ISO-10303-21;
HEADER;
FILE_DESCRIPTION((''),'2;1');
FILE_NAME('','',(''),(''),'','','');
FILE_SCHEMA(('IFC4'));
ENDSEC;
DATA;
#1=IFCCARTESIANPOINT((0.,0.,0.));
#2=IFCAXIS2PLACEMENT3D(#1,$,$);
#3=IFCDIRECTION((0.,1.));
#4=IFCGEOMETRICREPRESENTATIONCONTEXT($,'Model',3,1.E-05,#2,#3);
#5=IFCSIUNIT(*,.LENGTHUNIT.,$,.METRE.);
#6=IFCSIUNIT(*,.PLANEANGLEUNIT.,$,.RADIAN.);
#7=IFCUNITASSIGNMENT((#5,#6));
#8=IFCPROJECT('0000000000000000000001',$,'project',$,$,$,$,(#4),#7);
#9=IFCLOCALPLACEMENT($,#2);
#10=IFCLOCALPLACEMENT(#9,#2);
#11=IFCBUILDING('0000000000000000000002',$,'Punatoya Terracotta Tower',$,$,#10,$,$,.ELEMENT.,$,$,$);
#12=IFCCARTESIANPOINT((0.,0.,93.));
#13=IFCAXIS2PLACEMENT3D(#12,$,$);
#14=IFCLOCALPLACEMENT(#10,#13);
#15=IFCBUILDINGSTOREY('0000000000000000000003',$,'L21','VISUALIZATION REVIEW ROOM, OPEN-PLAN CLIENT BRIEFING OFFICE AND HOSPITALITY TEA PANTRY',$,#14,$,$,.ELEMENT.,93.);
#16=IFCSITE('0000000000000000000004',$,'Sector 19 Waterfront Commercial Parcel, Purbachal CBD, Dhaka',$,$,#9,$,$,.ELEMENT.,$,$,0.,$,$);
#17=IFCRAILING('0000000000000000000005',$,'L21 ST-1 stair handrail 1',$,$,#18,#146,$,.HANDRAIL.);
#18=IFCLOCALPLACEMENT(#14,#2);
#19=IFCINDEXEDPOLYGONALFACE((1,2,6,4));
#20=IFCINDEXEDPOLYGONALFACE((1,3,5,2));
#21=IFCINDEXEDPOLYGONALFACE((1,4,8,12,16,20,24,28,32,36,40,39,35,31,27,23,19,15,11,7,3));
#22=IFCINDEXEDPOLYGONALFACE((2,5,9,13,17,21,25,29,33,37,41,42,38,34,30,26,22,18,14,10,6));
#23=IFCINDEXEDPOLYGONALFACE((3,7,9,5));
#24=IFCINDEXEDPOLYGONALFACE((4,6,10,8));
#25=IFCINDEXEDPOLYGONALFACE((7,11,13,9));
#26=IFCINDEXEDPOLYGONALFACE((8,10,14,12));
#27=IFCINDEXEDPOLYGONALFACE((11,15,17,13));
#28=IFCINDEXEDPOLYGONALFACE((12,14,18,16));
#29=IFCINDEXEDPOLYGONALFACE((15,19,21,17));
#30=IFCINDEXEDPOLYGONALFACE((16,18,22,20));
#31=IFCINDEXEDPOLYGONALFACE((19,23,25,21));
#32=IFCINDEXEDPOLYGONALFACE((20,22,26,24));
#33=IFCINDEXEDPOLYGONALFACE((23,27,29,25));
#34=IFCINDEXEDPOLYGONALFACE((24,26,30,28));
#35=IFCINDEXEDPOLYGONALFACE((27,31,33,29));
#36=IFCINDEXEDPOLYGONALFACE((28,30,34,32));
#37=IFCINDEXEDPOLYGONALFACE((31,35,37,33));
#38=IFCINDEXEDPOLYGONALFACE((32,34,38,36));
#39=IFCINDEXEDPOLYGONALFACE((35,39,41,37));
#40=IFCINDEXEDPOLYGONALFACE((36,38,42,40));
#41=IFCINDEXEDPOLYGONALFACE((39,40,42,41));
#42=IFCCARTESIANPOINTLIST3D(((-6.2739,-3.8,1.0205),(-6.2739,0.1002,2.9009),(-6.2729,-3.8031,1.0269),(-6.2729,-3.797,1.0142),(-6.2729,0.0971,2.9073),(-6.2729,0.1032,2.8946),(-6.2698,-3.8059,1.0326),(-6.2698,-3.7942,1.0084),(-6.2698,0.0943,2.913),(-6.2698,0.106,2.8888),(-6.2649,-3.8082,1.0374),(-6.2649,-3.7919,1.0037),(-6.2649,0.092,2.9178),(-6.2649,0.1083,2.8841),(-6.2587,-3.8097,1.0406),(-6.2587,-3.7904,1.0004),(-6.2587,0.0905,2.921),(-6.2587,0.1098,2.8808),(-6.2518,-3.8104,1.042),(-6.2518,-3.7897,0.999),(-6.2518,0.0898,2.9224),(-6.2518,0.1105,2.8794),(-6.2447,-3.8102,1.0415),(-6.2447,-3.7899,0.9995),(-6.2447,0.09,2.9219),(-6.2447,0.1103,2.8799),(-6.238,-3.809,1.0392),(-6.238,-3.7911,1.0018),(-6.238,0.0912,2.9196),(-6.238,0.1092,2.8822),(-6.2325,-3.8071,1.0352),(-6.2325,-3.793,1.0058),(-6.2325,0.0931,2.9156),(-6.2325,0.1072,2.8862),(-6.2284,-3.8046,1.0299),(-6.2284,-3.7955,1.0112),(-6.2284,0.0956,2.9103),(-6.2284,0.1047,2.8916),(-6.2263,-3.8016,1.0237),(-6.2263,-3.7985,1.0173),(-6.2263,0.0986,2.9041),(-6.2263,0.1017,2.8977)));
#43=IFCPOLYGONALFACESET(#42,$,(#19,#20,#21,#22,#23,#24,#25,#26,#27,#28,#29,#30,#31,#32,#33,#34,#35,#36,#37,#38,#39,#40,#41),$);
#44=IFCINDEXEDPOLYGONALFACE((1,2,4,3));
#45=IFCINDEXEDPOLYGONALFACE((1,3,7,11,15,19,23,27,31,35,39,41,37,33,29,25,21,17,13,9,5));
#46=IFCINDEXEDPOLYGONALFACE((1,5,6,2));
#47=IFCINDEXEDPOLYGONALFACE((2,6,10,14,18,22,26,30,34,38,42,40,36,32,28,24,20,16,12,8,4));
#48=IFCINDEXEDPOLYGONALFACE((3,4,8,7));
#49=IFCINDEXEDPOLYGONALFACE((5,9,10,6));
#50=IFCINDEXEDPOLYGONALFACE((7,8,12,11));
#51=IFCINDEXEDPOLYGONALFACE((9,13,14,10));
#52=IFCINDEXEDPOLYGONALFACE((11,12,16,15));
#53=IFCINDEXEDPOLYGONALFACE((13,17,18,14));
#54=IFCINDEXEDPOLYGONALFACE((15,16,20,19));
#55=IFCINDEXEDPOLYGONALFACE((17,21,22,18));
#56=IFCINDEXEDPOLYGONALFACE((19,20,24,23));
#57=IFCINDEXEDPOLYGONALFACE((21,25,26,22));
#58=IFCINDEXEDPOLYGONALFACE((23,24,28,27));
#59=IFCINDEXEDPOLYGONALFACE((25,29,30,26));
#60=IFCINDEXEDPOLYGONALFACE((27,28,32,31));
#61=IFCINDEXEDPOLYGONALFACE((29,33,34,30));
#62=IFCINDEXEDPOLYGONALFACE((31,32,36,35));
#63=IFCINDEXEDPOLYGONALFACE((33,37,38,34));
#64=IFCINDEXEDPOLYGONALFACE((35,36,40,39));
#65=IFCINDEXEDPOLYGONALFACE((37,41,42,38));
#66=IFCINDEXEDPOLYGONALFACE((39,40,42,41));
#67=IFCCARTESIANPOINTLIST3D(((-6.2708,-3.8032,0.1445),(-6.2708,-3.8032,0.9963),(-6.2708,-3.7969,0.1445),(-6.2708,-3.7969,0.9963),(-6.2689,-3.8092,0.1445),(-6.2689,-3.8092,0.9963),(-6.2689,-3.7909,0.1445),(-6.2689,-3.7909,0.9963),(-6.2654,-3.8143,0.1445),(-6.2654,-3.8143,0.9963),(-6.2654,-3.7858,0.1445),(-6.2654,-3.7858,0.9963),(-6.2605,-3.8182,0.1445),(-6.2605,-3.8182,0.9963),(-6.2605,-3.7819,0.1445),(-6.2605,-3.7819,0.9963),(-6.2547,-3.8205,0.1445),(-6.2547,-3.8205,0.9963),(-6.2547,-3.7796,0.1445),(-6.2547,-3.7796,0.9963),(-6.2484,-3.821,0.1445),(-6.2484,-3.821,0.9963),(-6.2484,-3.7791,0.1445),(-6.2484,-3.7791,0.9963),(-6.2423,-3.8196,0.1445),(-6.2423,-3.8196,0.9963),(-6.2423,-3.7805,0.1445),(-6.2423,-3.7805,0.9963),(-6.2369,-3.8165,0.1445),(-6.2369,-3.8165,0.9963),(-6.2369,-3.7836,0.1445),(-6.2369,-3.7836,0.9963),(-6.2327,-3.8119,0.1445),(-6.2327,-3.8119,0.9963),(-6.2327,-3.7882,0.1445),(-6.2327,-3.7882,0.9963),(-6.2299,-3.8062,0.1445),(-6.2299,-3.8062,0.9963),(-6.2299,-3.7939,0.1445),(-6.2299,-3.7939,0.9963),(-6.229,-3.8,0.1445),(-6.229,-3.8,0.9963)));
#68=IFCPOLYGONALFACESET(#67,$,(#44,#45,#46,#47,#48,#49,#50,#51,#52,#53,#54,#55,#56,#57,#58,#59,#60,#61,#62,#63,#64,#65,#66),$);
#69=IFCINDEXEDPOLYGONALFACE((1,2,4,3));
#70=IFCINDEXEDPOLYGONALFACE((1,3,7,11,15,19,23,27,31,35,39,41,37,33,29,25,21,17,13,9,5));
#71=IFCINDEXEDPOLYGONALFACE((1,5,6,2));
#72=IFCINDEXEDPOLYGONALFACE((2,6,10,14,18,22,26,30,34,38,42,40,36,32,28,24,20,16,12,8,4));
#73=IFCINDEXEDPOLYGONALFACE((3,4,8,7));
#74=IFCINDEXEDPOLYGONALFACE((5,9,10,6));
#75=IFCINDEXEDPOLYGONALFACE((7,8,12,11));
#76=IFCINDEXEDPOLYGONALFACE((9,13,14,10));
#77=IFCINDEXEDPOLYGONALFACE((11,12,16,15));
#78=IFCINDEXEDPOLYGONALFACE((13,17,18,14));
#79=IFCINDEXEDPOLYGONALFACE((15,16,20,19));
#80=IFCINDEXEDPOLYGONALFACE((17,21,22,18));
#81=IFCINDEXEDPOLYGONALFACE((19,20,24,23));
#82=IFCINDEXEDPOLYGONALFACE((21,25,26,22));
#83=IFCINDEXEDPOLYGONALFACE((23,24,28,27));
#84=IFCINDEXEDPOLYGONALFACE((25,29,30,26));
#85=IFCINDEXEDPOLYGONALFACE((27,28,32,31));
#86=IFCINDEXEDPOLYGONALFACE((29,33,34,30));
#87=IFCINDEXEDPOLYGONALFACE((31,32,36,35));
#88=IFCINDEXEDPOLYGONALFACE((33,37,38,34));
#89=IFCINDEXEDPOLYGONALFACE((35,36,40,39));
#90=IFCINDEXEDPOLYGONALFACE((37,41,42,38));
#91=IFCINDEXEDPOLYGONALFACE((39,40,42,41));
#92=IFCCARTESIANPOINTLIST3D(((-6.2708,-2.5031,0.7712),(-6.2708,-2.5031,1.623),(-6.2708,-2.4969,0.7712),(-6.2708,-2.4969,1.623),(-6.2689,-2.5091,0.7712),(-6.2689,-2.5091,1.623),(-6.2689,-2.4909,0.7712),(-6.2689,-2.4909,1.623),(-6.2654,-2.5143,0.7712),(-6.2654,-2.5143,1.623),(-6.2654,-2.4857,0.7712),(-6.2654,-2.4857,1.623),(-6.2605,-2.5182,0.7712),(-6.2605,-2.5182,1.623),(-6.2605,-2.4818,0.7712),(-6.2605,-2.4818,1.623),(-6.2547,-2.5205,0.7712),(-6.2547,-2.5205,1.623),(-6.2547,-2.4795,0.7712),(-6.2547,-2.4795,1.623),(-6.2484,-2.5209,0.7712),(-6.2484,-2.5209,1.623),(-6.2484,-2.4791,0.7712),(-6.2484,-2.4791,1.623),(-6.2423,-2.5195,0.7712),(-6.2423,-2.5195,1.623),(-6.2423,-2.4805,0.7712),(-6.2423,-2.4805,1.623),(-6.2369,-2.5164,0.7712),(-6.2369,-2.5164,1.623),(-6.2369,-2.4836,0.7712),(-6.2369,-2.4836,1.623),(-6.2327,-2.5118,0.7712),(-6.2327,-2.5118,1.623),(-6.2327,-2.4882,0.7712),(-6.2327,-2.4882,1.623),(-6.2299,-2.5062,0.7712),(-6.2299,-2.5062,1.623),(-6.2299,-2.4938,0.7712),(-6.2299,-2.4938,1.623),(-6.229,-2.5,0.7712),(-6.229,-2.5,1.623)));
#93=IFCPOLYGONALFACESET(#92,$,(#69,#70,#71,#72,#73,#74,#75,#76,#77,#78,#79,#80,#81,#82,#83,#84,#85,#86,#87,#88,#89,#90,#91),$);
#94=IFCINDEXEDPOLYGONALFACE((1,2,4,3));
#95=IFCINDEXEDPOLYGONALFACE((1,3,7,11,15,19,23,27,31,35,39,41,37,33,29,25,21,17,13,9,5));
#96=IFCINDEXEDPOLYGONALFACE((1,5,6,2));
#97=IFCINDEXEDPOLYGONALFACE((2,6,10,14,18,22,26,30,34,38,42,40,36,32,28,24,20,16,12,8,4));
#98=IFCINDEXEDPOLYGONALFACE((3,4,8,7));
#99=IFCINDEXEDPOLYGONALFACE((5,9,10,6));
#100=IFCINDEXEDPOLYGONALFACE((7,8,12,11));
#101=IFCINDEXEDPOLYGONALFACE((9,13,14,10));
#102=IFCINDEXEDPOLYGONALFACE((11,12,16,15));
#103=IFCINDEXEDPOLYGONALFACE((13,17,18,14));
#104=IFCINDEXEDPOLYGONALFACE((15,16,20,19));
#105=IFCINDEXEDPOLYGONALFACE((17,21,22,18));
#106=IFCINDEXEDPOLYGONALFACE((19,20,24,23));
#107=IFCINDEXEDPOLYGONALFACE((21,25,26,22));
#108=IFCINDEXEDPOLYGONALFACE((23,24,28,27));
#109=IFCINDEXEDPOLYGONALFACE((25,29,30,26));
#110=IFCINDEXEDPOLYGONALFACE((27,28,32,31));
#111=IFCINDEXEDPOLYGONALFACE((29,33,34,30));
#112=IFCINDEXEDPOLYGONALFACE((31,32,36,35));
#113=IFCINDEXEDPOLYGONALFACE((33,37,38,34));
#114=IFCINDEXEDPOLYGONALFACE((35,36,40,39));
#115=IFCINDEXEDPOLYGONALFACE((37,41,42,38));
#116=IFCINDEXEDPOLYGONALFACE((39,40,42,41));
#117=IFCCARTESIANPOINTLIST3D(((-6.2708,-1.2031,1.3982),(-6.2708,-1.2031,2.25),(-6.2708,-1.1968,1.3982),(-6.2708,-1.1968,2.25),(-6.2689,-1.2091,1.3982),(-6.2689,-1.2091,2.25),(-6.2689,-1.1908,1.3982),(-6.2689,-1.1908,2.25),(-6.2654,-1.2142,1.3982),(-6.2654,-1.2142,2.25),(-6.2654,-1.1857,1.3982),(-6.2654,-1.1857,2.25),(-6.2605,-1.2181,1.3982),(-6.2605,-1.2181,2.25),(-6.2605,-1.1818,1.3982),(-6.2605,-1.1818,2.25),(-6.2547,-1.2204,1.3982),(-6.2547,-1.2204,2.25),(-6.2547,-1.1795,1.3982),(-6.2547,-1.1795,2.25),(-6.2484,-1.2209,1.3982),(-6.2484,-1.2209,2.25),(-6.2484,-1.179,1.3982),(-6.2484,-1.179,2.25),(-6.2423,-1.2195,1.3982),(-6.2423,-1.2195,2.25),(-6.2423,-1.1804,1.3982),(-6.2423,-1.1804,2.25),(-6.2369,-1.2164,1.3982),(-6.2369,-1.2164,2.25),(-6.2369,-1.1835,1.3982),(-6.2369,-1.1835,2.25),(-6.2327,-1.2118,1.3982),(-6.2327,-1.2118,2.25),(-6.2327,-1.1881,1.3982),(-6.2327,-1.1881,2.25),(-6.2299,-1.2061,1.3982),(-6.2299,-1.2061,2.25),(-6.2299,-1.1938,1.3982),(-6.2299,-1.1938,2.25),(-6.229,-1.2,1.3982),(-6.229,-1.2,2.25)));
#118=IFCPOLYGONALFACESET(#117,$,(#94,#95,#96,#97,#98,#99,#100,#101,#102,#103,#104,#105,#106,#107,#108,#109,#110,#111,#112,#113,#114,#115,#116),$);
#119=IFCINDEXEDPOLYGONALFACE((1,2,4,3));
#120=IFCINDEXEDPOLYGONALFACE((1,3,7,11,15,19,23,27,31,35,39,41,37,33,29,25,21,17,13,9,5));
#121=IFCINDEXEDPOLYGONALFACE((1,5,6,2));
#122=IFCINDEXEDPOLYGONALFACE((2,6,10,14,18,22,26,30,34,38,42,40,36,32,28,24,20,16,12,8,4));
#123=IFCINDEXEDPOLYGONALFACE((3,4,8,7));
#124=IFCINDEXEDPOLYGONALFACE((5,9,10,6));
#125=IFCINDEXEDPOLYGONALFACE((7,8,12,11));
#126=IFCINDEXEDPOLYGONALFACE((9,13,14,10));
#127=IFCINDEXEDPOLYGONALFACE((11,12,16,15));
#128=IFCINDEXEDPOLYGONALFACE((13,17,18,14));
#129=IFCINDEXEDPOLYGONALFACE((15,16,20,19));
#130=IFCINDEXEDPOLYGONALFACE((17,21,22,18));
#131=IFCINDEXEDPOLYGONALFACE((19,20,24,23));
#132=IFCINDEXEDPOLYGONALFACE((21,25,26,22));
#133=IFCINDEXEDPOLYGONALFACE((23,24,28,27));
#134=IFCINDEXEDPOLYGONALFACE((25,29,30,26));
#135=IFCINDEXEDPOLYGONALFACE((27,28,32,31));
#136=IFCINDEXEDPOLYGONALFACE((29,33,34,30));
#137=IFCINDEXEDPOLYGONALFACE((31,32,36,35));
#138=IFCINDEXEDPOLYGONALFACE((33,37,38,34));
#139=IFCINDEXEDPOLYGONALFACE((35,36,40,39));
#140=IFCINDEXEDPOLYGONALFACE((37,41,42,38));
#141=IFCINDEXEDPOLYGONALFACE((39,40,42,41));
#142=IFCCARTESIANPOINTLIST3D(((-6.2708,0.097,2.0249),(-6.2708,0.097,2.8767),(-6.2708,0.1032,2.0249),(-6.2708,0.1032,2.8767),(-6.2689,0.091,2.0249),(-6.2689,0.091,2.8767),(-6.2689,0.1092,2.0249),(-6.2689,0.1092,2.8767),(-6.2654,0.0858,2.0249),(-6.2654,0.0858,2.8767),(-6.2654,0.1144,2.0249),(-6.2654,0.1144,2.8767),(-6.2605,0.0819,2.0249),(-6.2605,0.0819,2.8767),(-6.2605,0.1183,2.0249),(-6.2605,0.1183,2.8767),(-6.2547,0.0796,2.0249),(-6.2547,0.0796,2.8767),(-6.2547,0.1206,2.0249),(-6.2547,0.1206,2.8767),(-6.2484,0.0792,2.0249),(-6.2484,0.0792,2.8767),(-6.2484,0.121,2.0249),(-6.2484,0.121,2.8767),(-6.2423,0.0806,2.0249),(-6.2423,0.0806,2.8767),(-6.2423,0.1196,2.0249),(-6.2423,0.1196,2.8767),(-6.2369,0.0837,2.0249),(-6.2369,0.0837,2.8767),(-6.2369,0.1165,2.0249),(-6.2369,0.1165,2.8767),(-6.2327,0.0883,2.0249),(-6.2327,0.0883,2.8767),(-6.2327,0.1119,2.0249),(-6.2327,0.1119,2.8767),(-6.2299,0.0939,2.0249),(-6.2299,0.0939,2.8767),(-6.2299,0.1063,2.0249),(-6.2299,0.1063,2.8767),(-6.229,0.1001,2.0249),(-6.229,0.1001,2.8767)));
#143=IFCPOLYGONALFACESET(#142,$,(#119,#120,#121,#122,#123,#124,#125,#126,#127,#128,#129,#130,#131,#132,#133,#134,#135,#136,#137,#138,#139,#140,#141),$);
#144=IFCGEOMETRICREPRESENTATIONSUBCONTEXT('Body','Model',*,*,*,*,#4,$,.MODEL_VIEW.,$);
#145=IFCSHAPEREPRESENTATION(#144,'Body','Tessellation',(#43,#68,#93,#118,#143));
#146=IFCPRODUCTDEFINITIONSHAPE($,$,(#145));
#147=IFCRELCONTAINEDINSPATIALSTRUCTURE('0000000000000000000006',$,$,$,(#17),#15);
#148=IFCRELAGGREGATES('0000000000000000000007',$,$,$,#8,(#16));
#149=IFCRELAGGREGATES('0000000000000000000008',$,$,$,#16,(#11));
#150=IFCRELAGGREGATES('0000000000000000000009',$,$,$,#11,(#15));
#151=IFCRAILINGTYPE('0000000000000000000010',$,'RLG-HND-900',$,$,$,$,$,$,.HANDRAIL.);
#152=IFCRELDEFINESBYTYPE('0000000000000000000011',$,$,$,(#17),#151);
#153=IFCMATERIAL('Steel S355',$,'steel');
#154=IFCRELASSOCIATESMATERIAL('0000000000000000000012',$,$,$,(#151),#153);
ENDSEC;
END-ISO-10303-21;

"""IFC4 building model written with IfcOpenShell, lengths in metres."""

from ifc_helpers import new_model, si_unit, direction, frame, origin, origin_2d, place, context, subcontext, project, spatial, circle, extrude, material, type_object, element, save


model = new_model("IFC4")

# Units and contexts
model_context = context("Model", 3, precision=1e-05, world=origin(), true_north=direction((0.0, 1.0)))
body_context = subcontext(model_context, "Body", "Model", "MODEL_VIEW")
ifc_project = project(units=[si_unit("LENGTHUNIT", "METRE"), si_unit("PLANEANGLEUNIT", "RADIAN")], contexts=[model_context])

# Site, building, storey
site_placement = place(None, origin())
site = spatial("IfcSite", under=ifc_project, at=site_placement, Name="Sector 19 Waterfront Commercial Parcel, Purbachal CBD, Dhaka", CompositionType="ELEMENT", RefElevation=0.0)
building_placement = place(site_placement, origin())
building = spatial("IfcBuilding", under=site, at=building_placement, Name="Punatoya Terracotta Tower", CompositionType="ELEMENT")
storey_placement = place(building_placement, frame((0.0, 0.0, 93.0)))
storey = spatial("IfcBuildingStorey", under=building, at=storey_placement, Name="L21", Description="VISUALIZATION REVIEW ROOM, OPEN-PLAN CLIENT BRIEFING OFFICE AND HOSPITALITY TEA PANTRY", CompositionType="ELEMENT", Elevation=93.0)

# Railing
ifc_material_1 = material(Name="Steel S355", Category="steel")
railing_type_1 = type_object("IfcRailingType", Name="RLG-HND-900", PredefinedType="HANDRAIL", material=ifc_material_1)
railing_1_placement = place(storey_placement, frame((-6.25, -3.8, 0.1445)))
element("IfcRailing", 1, at=railing_1_placement, inside=storey, type_object=railing_type_1, Name="L21 ST-1 stair handrail 1", PredefinedType="HANDRAIL", context=body_context, shape_type="SweptSolid", body=[
    extrude(circle(Radius=0.0239, at=origin_2d()), frame((0.0, 0.0, 0.876), z_axis=(0.0, 0.900774, 0.434289), x_axis=(-1.0, 0.0, 0.0)), (0.0, 0.0, 1.0), 4.3298),
    extrude(circle(Radius=0.021, at=origin_2d()), origin(), (0.0, 0.0, 1.0), 0.8518),
    extrude(circle(Radius=0.021, at=origin_2d()), frame((0.0, 1.3, 0.6267)), (0.0, 0.0, 1.0), 0.8518),
    extrude(circle(Radius=0.021, at=origin_2d()), frame((0.0, 2.6001, 1.2537)), (0.0, 0.0, 1.0), 0.8518),
    extrude(circle(Radius=0.021, at=origin_2d()), frame((0.0, 3.9001, 1.8804)), (0.0, 0.0, 1.0), 0.8518),
])

save(model, "model.ifc")
